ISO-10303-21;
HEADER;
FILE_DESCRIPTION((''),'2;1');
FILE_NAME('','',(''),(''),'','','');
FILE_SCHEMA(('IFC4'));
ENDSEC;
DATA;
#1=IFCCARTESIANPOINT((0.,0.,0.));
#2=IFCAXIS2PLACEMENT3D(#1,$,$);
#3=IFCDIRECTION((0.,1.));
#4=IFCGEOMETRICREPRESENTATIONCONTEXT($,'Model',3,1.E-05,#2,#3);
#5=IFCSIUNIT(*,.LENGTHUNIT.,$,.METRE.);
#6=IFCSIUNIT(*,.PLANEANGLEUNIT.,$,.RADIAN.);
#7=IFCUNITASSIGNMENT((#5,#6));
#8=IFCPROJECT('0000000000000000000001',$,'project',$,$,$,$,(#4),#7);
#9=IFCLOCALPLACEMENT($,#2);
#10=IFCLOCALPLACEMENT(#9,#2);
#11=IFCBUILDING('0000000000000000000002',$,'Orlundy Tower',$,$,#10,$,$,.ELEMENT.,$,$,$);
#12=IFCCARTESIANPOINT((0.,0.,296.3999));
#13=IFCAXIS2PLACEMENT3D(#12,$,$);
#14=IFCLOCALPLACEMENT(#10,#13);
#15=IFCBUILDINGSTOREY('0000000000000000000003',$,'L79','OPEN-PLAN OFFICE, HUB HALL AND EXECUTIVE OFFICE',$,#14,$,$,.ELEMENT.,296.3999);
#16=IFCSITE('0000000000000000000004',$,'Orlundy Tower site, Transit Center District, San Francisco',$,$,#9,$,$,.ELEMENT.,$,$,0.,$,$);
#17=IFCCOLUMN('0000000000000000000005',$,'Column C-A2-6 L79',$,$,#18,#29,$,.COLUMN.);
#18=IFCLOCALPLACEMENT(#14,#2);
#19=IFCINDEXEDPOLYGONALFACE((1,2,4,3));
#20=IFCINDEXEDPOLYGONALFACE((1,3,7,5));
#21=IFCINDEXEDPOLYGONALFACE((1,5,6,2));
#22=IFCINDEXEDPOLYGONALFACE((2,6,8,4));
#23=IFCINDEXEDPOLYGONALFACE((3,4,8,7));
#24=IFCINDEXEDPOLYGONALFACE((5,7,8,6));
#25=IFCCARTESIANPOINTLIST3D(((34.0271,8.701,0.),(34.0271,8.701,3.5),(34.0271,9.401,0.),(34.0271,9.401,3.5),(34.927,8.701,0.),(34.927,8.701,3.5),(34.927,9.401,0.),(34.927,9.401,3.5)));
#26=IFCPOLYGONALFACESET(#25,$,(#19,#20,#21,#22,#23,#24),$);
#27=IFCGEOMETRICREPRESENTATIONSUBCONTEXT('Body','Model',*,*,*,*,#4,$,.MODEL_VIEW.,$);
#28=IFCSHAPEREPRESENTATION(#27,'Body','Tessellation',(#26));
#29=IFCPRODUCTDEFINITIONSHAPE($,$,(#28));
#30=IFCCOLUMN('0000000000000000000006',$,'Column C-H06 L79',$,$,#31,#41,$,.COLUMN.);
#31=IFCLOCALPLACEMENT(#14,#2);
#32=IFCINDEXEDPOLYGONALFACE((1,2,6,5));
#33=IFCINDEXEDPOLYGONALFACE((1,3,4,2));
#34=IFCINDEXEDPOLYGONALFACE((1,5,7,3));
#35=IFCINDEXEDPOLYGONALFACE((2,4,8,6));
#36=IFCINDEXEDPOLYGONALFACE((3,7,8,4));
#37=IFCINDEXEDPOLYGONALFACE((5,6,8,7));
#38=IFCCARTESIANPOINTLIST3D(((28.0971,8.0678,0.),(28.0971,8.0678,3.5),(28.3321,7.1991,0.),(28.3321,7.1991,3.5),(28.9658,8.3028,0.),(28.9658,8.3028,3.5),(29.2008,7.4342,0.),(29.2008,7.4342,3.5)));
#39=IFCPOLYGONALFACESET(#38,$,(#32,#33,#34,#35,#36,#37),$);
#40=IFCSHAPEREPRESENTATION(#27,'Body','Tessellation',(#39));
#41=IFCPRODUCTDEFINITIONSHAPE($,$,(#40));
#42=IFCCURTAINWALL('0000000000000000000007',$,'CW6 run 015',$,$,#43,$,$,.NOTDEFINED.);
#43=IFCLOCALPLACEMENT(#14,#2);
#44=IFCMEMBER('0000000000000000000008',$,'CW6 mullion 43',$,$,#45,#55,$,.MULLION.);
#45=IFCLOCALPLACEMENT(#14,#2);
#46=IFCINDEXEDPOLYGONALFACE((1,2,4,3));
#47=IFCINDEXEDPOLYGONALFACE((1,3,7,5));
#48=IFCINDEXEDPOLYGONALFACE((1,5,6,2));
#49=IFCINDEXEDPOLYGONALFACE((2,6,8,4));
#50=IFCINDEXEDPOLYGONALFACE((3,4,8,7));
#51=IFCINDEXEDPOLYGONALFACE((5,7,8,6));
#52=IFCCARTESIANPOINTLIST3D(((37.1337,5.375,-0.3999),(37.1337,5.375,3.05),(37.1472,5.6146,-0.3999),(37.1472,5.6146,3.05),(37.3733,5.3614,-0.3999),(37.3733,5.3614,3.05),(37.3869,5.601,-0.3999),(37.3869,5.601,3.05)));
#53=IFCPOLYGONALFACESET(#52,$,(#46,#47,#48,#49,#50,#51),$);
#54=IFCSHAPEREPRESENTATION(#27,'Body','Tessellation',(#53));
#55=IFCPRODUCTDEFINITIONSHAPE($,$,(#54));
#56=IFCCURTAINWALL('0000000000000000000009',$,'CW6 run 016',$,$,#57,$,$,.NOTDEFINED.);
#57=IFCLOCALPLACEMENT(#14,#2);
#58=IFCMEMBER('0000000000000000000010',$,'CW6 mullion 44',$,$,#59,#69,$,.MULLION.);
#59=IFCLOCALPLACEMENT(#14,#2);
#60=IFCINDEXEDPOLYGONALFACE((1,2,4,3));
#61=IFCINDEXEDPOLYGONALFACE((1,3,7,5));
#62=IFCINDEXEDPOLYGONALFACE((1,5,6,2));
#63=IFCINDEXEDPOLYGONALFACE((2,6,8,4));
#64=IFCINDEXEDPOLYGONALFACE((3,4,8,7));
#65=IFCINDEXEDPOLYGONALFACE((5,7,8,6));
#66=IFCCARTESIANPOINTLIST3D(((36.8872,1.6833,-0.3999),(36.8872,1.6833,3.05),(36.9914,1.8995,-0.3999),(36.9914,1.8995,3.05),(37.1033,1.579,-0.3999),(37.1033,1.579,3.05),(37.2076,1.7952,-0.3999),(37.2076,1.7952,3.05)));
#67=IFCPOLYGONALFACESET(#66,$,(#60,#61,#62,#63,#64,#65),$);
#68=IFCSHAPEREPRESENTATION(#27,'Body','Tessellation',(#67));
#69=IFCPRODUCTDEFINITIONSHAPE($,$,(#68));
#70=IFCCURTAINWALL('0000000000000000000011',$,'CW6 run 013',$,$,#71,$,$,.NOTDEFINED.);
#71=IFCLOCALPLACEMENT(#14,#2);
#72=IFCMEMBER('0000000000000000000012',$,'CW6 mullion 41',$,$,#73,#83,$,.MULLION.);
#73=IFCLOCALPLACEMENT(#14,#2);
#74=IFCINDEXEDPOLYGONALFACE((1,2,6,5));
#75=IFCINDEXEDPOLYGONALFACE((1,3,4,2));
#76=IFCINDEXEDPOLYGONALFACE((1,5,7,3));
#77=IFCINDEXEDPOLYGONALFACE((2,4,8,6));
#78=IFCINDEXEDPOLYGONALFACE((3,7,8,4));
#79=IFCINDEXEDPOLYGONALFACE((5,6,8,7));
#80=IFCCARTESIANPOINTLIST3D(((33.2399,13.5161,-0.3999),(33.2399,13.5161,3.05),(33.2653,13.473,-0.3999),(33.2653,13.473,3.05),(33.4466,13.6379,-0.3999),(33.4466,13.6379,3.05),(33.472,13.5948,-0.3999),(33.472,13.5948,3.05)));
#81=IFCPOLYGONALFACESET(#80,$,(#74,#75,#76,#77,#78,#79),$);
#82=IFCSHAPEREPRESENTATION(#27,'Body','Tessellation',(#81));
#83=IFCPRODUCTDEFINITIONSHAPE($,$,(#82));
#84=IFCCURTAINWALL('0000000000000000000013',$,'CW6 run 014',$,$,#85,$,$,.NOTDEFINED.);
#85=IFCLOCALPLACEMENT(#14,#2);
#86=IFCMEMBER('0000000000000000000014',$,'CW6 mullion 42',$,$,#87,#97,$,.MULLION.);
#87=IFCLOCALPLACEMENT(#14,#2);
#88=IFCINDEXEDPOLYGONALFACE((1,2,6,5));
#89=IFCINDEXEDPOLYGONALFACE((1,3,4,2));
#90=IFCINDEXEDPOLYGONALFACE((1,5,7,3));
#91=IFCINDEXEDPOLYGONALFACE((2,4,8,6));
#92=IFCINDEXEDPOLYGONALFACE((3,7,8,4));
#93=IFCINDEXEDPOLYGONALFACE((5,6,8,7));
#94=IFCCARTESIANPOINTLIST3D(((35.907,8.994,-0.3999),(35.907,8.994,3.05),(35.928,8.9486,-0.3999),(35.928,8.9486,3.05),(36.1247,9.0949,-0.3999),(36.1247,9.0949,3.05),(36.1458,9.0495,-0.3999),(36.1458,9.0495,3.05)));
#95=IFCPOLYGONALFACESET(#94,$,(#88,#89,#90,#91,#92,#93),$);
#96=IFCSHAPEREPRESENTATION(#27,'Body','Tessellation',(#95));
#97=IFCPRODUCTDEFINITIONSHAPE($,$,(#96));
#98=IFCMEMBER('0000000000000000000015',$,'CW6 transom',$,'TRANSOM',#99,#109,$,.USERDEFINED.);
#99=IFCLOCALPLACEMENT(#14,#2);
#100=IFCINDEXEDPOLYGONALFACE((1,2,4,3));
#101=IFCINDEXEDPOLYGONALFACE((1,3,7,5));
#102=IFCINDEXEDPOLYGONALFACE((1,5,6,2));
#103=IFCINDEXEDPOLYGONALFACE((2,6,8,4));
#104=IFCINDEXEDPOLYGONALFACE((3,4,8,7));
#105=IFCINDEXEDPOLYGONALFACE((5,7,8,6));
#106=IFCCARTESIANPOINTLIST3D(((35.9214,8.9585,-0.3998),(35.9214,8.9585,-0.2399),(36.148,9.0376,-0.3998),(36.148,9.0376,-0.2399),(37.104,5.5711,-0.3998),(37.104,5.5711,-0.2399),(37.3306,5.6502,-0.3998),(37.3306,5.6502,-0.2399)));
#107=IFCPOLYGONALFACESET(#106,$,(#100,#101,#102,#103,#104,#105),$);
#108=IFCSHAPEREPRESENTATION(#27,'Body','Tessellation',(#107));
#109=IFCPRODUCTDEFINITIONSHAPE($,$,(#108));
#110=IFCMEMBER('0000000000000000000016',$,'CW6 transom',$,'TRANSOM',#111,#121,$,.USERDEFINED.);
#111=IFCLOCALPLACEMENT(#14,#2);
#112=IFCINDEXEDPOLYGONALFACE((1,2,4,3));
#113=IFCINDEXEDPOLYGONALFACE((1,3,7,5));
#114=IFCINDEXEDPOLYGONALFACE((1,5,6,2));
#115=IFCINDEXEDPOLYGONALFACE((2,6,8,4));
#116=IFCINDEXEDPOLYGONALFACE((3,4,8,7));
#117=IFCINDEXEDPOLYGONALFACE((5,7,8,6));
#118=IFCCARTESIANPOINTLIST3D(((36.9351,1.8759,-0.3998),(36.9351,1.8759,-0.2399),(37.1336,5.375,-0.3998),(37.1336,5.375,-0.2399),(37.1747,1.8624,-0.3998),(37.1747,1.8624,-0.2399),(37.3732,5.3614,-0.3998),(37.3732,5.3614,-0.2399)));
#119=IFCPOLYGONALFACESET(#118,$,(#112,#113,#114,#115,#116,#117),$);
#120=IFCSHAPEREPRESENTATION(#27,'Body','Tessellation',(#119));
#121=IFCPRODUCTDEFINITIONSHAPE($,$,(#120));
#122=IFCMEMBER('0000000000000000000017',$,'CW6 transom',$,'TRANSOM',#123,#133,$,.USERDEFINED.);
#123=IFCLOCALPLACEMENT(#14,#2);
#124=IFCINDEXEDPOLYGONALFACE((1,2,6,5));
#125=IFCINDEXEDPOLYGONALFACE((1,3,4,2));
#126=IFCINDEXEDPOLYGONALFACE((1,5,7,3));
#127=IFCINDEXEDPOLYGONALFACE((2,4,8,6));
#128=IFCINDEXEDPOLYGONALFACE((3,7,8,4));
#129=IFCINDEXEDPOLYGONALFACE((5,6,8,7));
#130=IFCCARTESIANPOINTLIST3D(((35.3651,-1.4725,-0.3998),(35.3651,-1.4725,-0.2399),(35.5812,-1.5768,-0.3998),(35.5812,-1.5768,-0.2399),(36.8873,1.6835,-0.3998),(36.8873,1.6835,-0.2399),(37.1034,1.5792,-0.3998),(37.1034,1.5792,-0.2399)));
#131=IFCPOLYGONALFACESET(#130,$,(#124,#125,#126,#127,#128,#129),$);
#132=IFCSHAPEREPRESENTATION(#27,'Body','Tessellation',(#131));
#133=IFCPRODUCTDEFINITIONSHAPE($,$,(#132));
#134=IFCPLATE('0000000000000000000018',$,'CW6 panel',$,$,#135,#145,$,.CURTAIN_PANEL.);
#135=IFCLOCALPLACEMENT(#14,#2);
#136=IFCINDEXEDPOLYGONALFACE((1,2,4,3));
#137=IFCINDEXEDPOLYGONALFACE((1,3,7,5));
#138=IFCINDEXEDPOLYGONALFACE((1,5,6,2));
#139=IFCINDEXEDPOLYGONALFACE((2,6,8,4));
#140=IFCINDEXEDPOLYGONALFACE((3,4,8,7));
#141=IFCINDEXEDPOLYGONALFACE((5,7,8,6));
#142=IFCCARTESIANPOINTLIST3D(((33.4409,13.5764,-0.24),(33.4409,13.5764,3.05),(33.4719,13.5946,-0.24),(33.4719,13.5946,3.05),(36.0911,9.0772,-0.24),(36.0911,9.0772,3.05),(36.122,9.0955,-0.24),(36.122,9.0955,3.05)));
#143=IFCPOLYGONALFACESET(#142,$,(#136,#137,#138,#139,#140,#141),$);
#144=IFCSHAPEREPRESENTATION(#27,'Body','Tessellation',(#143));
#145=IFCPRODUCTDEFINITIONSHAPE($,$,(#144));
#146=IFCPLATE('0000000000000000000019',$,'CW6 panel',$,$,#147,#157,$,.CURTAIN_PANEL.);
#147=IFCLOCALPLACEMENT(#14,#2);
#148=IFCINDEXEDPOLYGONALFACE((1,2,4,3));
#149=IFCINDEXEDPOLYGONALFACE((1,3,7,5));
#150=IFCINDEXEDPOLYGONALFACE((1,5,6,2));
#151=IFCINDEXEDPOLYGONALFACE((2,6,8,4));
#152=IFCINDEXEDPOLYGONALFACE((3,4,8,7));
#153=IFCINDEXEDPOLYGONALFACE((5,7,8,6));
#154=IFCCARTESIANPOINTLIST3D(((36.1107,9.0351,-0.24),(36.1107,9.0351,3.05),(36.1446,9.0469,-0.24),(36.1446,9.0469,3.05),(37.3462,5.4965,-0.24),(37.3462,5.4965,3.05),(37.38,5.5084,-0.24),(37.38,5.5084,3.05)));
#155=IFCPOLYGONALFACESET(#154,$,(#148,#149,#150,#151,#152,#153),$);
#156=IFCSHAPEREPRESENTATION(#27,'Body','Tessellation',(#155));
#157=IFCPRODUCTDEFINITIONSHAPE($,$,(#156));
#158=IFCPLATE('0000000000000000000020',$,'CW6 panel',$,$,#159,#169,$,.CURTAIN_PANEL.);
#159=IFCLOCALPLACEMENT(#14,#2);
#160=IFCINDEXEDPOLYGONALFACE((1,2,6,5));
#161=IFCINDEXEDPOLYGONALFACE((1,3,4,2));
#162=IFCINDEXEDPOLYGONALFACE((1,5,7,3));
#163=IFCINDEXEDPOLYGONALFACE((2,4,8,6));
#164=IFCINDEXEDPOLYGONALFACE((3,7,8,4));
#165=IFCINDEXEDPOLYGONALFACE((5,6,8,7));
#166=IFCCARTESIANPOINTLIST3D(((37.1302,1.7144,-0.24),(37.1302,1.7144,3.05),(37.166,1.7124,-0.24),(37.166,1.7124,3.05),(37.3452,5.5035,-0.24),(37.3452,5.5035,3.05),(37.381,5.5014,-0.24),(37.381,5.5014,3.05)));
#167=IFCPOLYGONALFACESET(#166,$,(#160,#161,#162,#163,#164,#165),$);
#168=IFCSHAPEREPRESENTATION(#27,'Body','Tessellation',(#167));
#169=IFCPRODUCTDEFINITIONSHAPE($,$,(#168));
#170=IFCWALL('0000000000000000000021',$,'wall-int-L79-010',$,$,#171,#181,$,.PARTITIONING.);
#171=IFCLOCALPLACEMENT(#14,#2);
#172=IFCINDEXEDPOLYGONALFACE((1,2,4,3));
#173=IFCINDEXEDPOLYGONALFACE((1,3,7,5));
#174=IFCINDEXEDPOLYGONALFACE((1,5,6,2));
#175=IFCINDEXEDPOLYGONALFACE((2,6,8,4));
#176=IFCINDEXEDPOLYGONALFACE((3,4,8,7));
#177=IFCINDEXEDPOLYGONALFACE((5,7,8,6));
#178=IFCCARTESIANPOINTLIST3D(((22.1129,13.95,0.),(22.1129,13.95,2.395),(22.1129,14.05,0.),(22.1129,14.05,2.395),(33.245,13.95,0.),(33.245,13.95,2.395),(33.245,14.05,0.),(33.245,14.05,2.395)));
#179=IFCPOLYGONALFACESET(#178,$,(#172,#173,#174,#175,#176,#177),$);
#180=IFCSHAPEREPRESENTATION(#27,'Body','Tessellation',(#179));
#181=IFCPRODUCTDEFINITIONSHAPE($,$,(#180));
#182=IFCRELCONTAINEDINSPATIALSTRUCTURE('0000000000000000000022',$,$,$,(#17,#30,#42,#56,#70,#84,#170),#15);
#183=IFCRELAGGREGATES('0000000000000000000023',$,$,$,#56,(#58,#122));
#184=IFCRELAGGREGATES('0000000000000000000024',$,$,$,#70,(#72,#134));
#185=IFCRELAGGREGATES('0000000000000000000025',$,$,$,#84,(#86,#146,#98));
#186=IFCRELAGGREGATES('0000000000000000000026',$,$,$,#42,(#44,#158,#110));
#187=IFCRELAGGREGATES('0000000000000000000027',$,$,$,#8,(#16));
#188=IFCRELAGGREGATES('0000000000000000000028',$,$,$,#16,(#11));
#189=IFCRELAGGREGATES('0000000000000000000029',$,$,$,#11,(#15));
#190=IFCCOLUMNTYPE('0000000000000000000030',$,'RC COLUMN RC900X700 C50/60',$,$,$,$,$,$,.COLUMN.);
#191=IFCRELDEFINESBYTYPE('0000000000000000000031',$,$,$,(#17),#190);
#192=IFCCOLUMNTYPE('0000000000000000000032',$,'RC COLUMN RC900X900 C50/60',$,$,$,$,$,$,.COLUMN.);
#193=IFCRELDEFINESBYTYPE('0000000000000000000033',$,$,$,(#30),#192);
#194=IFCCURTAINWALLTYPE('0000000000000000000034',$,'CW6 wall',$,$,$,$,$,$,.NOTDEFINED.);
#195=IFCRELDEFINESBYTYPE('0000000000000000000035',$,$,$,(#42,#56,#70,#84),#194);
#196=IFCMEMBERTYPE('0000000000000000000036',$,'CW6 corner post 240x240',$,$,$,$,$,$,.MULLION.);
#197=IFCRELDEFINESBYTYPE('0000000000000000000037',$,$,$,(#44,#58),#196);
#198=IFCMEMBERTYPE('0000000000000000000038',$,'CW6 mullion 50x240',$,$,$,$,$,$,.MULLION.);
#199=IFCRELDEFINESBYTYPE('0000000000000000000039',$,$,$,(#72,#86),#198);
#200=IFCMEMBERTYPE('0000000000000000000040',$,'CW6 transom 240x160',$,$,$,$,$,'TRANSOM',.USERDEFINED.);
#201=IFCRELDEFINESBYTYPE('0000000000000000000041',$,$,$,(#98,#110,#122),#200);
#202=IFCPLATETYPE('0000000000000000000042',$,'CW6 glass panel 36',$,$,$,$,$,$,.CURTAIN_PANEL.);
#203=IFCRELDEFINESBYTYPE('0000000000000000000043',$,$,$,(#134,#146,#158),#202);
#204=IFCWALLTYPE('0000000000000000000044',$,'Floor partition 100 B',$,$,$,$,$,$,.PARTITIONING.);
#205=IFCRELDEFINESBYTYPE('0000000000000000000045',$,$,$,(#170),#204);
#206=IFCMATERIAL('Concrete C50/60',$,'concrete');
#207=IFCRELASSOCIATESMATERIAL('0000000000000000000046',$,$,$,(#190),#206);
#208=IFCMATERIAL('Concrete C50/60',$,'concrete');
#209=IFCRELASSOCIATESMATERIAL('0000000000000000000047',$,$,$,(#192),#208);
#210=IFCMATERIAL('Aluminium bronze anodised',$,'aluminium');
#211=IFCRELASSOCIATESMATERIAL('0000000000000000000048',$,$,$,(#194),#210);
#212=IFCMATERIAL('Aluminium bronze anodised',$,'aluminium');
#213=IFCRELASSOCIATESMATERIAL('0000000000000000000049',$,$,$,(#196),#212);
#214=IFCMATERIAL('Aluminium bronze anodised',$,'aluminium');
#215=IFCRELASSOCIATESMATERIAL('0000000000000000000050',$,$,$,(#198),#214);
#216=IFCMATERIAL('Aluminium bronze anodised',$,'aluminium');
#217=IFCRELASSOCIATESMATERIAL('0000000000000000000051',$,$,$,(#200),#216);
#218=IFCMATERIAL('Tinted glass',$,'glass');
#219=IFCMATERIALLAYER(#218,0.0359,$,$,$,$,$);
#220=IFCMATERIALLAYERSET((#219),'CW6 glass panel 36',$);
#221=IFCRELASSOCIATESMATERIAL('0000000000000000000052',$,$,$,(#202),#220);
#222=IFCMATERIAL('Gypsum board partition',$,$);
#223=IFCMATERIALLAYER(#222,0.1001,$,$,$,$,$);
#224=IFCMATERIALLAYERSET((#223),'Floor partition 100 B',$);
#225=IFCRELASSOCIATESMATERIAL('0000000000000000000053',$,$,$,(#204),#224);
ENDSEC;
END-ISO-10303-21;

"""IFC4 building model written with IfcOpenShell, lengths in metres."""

from ifc_helpers import new_model, si_unit, direction, frame, frame_2d, origin, origin_2d, place, context, subcontext, project, spatial, rectangle, extrude, material, layer, layer_set, material_profile, profile_set, type_object, element, aggregate, save


model = new_model("IFC4")

# Units and contexts
model_context = context("Model", 3, precision=1e-05, world=origin(), true_north=direction((0.0, 1.0)))
body_context = subcontext(model_context, "Body", "Model", "MODEL_VIEW")
ifc_project = project(units=[si_unit("LENGTHUNIT", "METRE"), si_unit("PLANEANGLEUNIT", "RADIAN")], contexts=[model_context])

# Site, building, storey
site_placement = place(None, origin())
site = spatial("IfcSite", under=ifc_project, at=site_placement, Name="Orlundy Tower site, Transit Center District, San Francisco", CompositionType="ELEMENT", RefElevation=0.0)
building_placement = place(site_placement, origin())
building = spatial("IfcBuilding", under=site, at=building_placement, Name="Orlundy Tower", CompositionType="ELEMENT")
storey_placement = place(building_placement, frame((0.0, 0.0, 296.3999)))
storey = spatial("IfcBuildingStorey", under=building, at=storey_placement, Name="L79", Description="OPEN-PLAN OFFICE, HUB HALL AND EXECUTIVE OFFICE", CompositionType="ELEMENT", Elevation=296.3999)

# Columns
ifc_material_1 = material(Name="Concrete C50/60", Category="concrete")
ifc_material_profile_1 = material_profile(ifc_material_1, rectangle(XDim=0.8999, YDim=0.7, at=origin_2d()), Name="RC900X700")
ifc_profile_set_1 = profile_set([ifc_material_profile_1], Name="Concrete C50/60")
column_type_1 = type_object("IfcColumnType", Name="RC COLUMN RC900X700 C50/60", PredefinedType="COLUMN", material=ifc_profile_set_1)
column_1_placement = place(storey_placement, frame((34.4771, 9.051, 0.0), z_axis=(0.0, 0.0, 1.0), x_axis=(1.0, 0.0, 0.0)))
element("IfcColumn", 1, at=column_1_placement, inside=storey, type_object=column_type_1, Name="Column C-A2-6 L79", PredefinedType="COLUMN", context=body_context, shape_type="SweptSolid", body=[
    extrude(rectangle(XDim=0.8999, YDim=0.7, at=origin_2d()), origin(), (0.0, 0.0, 1.0), 3.5),
])
ifc_material_2 = material(Name="Concrete C50/60", Category="concrete")
ifc_material_profile_2 = material_profile(ifc_material_2, rectangle(XDim=0.8999, YDim=0.8999, at=origin_2d()), Name="RC900X900")
ifc_profile_set_2 = profile_set([ifc_material_profile_2], Name="Concrete C50/60")
column_type_2 = type_object("IfcColumnType", Name="RC COLUMN RC900X900 C50/60", PredefinedType="COLUMN", material=ifc_profile_set_2)
column_2_placement = place(storey_placement, frame((28.6489, 7.751, 0.0), z_axis=(0.0, 0.0, 1.0), x_axis=(0.965295, 0.261162, 0.0)))
element("IfcColumn", 2, at=column_2_placement, inside=storey, type_object=column_type_2, Name="Column C-H06 L79", PredefinedType="COLUMN", context=body_context, shape_type="SweptSolid", body=[
    extrude(rectangle(XDim=0.8999, YDim=0.8999, at=origin_2d()), origin(), (0.0, 0.0, 1.0), 3.5),
])

# Curtain walls, members
ifc_material_3 = material(Name="Aluminium bronze anodised", Category="aluminium")
curtain_wall_type = type_object("IfcCurtainWallType", Name="CW6 wall", PredefinedType="NOTDEFINED", material=ifc_material_3)
curtain_wall_1_placement = place(storey_placement, origin())
curtain_wall_1 = element("IfcCurtainWall", 3, at=curtain_wall_1_placement, inside=storey, type_object=curtain_wall_type, Name="CW6 run 015", PredefinedType="NOTDEFINED")
ifc_material_4 = material(Name="Aluminium bronze anodised", Category="aluminium")
ifc_material_profile_3 = material_profile(ifc_material_4, rectangle(XDim=0.24, YDim=0.24, at=origin_2d()), Name="CW6 corner post 240x240")
ifc_profile_set_3 = profile_set([ifc_material_profile_3], Name="Aluminium bronze anodised")
member_type_1 = type_object("IfcMemberType", Name="CW6 corner post 240x240", PredefinedType="MULLION", material=ifc_profile_set_3)
member_1_placement = place(storey_placement, frame((37.2603, 5.488, -0.3999), z_axis=(0.0, 0.0, 1.0), x_axis=(0.998394, -0.05665, 0.0)))
member_1 = element("IfcMember", 4, at=member_1_placement, type_object=member_type_1, Name="CW6 mullion 43", PredefinedType="MULLION", context=body_context, shape_type="SweptSolid", body=[
    extrude(rectangle(XDim=0.24, YDim=0.24, at=origin_2d()), origin(), (0.0, 0.0, 1.0), 3.45),
])
curtain_wall_2_placement = place(storey_placement, origin())
curtain_wall_2 = element("IfcCurtainWall", 5, at=curtain_wall_2_placement, inside=storey, type_object=curtain_wall_type, Name="CW6 run 016", PredefinedType="NOTDEFINED")
member_2_placement = place(storey_placement, frame((37.0474, 1.7393, -0.3999), z_axis=(0.0, 0.0, 1.0), x_axis=(0.900705, -0.434432, 0.0)))
member_2 = element("IfcMember", 6, at=member_2_placement, type_object=member_type_1, Name="CW6 mullion 44", PredefinedType="MULLION", context=body_context, shape_type="SweptSolid", body=[
    extrude(rectangle(XDim=0.24, YDim=0.24, at=origin_2d()), origin(), (0.0, 0.0, 1.0), 3.45),
])
curtain_wall_3_placement = place(storey_placement, origin())
curtain_wall_3 = element("IfcCurtainWall", 7, at=curtain_wall_3_placement, inside=storey, type_object=curtain_wall_type, Name="CW6 run 013", PredefinedType="NOTDEFINED")
ifc_material_5 = material(Name="Aluminium bronze anodised", Category="aluminium")
ifc_material_profile_4 = material_profile(ifc_material_5, rectangle(XDim=0.24, YDim=0.05, at=origin_2d()), Name="CW6 mullion 50x240")
ifc_profile_set_4 = profile_set([ifc_material_profile_4], Name="Aluminium bronze anodised")
member_type_2 = type_object("IfcMemberType", Name="CW6 mullion 50x240", PredefinedType="MULLION", material=ifc_profile_set_4)
member_3_placement = place(storey_placement, frame((33.356, 13.5554, -0.3999), z_axis=(0.0, 0.0, 1.0), x_axis=(0.861633, 0.507532, 0.0)))
member_3 = element("IfcMember", 8, at=member_3_placement, type_object=member_type_2, Name="CW6 mullion 41", PredefinedType="MULLION", context=body_context, shape_type="SweptSolid", body=[
    extrude(rectangle(XDim=0.24, YDim=0.05, at=origin_2d()), origin(), (0.0, 0.0, 1.0), 3.45),
])

# Curtain wall, members
curtain_wall_4_placement = place(storey_placement, origin())
curtain_wall_4 = element("IfcCurtainWall", 9, at=curtain_wall_4_placement, inside=storey, type_object=curtain_wall_type, Name="CW6 run 014", PredefinedType="NOTDEFINED")
member_4_placement = place(storey_placement, frame((36.0264, 9.0217, -0.3999), z_axis=(0.0, 0.0, 1.0), x_axis=(0.907243, 0.420607, 0.0)))
member_4 = element("IfcMember", 10, at=member_4_placement, type_object=member_type_2, Name="CW6 mullion 42", PredefinedType="MULLION", context=body_context, shape_type="SweptSolid", body=[
    extrude(rectangle(XDim=0.24, YDim=0.05, at=origin_2d()), origin(), (0.0, 0.0, 1.0), 3.45),
])
ifc_material_6 = material(Name="Aluminium bronze anodised", Category="aluminium")
ifc_material_profile_5 = material_profile(ifc_material_6, rectangle(XDim=0.24, YDim=0.1599, at=origin_2d()), Name="CW6 transom 240x160")
ifc_profile_set_5 = profile_set([ifc_material_profile_5], Name="Aluminium bronze anodised")
member_type_3 = type_object("IfcMemberType", Name="CW6 transom 240x160", ElementType="TRANSOM", PredefinedType="USERDEFINED", material=ifc_profile_set_5)
member_5_placement = place(storey_placement, frame((36.0347, 8.998, -0.3198), z_axis=(0.329608, -0.944118, 0.0), x_axis=(0.944118, 0.329608, 0.0)))
member_5 = element("IfcMember", 11, at=member_5_placement, type_object=member_type_3, Name="CW6 transom", ObjectType="TRANSOM", PredefinedType="USERDEFINED", context=body_context, shape_type="SweptSolid", body=[
    extrude(rectangle(XDim=0.24, YDim=0.1599, at=origin_2d()), origin(), (0.0, 0.0, 1.0), 3.5879),
])

# Members
member_6_placement = place(storey_placement, frame((37.2534, 5.3682, -0.3198), z_axis=(-0.056635, -0.998395, 0.0), x_axis=(0.998395, -0.056635, 0.0)))
member_6 = element("IfcMember", 12, at=member_6_placement, type_object=member_type_3, Name="CW6 transom", ObjectType="TRANSOM", PredefinedType="USERDEFINED", context=body_context, shape_type="SweptSolid", body=[
    extrude(rectangle(XDim=0.24, YDim=0.1599, at=origin_2d()), origin(), (0.0, 0.0, 1.0), 3.5046),
])
member_7_placement = place(storey_placement, frame((36.9954, 1.6313, -0.3198), z_axis=(-0.434431, -0.900705, 0.0), x_axis=(0.900705, -0.434431, 0.0)))
member_7 = element("IfcMember", 13, at=member_7_placement, type_object=member_type_3, Name="CW6 transom", ObjectType="TRANSOM", PredefinedType="USERDEFINED", context=body_context, shape_type="SweptSolid", body=[
    extrude(rectangle(XDim=0.24, YDim=0.1599, at=origin_2d()), origin(), (0.0, 0.0, 1.0), 3.5039),
])
aggregate(curtain_wall_2, [member_2, member_7])

# Plates
ifc_material_7 = material(Name="Tinted glass", Category="glass")
ifc_layer_1 = layer(ifc_material_7, 0.0359)
ifc_layer_set_1 = layer_set([ifc_layer_1], Name="CW6 glass panel 36")
plate_type = type_object("IfcPlateType", Name="CW6 glass panel 36", PredefinedType="CURTAIN_PANEL", material=ifc_layer_set_1)
plate_1_placement = place(storey_placement, frame((34.7815, 11.3359, -0.24), z_axis=(0.0, 0.0, 1.0), x_axis=(0.507532, -0.861633, 0.0)))
plate_1 = element("IfcPlate", 14, at=plate_1_placement, type_object=plate_type, Name="CW6 panel", PredefinedType="CURTAIN_PANEL", context=body_context, shape_type="SweptSolid", body=[
    extrude(rectangle(XDim=5.2217, YDim=0.0359, at=origin_2d()), origin(), (0.0, 0.0, 1.0), 3.29),
])
aggregate(curtain_wall_3, [member_3, plate_1])
plate_2_placement = place(storey_placement, frame((36.7454, 7.2717, -0.24), z_axis=(0.0, 0.0, 1.0), x_axis=(0.329629, -0.94411, 0.0)))
plate_2 = element("IfcPlate", 15, at=plate_2_placement, type_object=plate_type, Name="CW6 panel", PredefinedType="CURTAIN_PANEL", context=body_context, shape_type="SweptSolid", body=[
    extrude(rectangle(XDim=3.748, YDim=0.0359, at=origin_2d()), origin(), (0.0, 0.0, 1.0), 3.29),
])
aggregate(curtain_wall_4, [member_4, plate_2, member_5])
plate_3_placement = place(storey_placement, frame((37.2556, 3.6079, -0.24), z_axis=(0.0, 0.0, 1.0), x_axis=(-0.05665, -0.998394, 0.0)))
plate_3 = element("IfcPlate", 16, at=plate_3_placement, type_object=plate_type, Name="CW6 panel", PredefinedType="CURTAIN_PANEL", context=body_context, shape_type="SweptSolid", body=[
    extrude(rectangle(XDim=3.7952, YDim=0.0359, at=origin_2d()), origin(), (0.0, 0.0, 1.0), 3.29),
])
aggregate(curtain_wall_1, [member_1, plate_3, member_6])

# Wall
ifc_material_8 = material(Name="Gypsum board partition")
ifc_layer_2 = layer(ifc_material_8, 0.1001)
ifc_layer_set_2 = layer_set([ifc_layer_2], Name="Floor partition 100 B")
wall_type_1 = type_object("IfcWallType", Name="Floor partition 100 B", PredefinedType="PARTITIONING", material=ifc_layer_set_2)
wall_1_placement = place(storey_placement, frame((22.113, 14.0, 0.0), z_axis=(0.0, 0.0, 1.0), x_axis=(1.0, 0.0, 0.0)))
element("IfcWall", 17, at=wall_1_placement, inside=storey, type_object=wall_type_1, Name="wall-int-L79-010", PredefinedType="PARTITIONING", context=body_context, shape_type="SweptSolid", body=[
    extrude(rectangle(XDim=11.1321, YDim=0.1001, at=frame_2d((5.5659, 0.0))), origin(), (0.0, 0.0, 1.0), 2.395),
])

save(model, "model.ifc")
